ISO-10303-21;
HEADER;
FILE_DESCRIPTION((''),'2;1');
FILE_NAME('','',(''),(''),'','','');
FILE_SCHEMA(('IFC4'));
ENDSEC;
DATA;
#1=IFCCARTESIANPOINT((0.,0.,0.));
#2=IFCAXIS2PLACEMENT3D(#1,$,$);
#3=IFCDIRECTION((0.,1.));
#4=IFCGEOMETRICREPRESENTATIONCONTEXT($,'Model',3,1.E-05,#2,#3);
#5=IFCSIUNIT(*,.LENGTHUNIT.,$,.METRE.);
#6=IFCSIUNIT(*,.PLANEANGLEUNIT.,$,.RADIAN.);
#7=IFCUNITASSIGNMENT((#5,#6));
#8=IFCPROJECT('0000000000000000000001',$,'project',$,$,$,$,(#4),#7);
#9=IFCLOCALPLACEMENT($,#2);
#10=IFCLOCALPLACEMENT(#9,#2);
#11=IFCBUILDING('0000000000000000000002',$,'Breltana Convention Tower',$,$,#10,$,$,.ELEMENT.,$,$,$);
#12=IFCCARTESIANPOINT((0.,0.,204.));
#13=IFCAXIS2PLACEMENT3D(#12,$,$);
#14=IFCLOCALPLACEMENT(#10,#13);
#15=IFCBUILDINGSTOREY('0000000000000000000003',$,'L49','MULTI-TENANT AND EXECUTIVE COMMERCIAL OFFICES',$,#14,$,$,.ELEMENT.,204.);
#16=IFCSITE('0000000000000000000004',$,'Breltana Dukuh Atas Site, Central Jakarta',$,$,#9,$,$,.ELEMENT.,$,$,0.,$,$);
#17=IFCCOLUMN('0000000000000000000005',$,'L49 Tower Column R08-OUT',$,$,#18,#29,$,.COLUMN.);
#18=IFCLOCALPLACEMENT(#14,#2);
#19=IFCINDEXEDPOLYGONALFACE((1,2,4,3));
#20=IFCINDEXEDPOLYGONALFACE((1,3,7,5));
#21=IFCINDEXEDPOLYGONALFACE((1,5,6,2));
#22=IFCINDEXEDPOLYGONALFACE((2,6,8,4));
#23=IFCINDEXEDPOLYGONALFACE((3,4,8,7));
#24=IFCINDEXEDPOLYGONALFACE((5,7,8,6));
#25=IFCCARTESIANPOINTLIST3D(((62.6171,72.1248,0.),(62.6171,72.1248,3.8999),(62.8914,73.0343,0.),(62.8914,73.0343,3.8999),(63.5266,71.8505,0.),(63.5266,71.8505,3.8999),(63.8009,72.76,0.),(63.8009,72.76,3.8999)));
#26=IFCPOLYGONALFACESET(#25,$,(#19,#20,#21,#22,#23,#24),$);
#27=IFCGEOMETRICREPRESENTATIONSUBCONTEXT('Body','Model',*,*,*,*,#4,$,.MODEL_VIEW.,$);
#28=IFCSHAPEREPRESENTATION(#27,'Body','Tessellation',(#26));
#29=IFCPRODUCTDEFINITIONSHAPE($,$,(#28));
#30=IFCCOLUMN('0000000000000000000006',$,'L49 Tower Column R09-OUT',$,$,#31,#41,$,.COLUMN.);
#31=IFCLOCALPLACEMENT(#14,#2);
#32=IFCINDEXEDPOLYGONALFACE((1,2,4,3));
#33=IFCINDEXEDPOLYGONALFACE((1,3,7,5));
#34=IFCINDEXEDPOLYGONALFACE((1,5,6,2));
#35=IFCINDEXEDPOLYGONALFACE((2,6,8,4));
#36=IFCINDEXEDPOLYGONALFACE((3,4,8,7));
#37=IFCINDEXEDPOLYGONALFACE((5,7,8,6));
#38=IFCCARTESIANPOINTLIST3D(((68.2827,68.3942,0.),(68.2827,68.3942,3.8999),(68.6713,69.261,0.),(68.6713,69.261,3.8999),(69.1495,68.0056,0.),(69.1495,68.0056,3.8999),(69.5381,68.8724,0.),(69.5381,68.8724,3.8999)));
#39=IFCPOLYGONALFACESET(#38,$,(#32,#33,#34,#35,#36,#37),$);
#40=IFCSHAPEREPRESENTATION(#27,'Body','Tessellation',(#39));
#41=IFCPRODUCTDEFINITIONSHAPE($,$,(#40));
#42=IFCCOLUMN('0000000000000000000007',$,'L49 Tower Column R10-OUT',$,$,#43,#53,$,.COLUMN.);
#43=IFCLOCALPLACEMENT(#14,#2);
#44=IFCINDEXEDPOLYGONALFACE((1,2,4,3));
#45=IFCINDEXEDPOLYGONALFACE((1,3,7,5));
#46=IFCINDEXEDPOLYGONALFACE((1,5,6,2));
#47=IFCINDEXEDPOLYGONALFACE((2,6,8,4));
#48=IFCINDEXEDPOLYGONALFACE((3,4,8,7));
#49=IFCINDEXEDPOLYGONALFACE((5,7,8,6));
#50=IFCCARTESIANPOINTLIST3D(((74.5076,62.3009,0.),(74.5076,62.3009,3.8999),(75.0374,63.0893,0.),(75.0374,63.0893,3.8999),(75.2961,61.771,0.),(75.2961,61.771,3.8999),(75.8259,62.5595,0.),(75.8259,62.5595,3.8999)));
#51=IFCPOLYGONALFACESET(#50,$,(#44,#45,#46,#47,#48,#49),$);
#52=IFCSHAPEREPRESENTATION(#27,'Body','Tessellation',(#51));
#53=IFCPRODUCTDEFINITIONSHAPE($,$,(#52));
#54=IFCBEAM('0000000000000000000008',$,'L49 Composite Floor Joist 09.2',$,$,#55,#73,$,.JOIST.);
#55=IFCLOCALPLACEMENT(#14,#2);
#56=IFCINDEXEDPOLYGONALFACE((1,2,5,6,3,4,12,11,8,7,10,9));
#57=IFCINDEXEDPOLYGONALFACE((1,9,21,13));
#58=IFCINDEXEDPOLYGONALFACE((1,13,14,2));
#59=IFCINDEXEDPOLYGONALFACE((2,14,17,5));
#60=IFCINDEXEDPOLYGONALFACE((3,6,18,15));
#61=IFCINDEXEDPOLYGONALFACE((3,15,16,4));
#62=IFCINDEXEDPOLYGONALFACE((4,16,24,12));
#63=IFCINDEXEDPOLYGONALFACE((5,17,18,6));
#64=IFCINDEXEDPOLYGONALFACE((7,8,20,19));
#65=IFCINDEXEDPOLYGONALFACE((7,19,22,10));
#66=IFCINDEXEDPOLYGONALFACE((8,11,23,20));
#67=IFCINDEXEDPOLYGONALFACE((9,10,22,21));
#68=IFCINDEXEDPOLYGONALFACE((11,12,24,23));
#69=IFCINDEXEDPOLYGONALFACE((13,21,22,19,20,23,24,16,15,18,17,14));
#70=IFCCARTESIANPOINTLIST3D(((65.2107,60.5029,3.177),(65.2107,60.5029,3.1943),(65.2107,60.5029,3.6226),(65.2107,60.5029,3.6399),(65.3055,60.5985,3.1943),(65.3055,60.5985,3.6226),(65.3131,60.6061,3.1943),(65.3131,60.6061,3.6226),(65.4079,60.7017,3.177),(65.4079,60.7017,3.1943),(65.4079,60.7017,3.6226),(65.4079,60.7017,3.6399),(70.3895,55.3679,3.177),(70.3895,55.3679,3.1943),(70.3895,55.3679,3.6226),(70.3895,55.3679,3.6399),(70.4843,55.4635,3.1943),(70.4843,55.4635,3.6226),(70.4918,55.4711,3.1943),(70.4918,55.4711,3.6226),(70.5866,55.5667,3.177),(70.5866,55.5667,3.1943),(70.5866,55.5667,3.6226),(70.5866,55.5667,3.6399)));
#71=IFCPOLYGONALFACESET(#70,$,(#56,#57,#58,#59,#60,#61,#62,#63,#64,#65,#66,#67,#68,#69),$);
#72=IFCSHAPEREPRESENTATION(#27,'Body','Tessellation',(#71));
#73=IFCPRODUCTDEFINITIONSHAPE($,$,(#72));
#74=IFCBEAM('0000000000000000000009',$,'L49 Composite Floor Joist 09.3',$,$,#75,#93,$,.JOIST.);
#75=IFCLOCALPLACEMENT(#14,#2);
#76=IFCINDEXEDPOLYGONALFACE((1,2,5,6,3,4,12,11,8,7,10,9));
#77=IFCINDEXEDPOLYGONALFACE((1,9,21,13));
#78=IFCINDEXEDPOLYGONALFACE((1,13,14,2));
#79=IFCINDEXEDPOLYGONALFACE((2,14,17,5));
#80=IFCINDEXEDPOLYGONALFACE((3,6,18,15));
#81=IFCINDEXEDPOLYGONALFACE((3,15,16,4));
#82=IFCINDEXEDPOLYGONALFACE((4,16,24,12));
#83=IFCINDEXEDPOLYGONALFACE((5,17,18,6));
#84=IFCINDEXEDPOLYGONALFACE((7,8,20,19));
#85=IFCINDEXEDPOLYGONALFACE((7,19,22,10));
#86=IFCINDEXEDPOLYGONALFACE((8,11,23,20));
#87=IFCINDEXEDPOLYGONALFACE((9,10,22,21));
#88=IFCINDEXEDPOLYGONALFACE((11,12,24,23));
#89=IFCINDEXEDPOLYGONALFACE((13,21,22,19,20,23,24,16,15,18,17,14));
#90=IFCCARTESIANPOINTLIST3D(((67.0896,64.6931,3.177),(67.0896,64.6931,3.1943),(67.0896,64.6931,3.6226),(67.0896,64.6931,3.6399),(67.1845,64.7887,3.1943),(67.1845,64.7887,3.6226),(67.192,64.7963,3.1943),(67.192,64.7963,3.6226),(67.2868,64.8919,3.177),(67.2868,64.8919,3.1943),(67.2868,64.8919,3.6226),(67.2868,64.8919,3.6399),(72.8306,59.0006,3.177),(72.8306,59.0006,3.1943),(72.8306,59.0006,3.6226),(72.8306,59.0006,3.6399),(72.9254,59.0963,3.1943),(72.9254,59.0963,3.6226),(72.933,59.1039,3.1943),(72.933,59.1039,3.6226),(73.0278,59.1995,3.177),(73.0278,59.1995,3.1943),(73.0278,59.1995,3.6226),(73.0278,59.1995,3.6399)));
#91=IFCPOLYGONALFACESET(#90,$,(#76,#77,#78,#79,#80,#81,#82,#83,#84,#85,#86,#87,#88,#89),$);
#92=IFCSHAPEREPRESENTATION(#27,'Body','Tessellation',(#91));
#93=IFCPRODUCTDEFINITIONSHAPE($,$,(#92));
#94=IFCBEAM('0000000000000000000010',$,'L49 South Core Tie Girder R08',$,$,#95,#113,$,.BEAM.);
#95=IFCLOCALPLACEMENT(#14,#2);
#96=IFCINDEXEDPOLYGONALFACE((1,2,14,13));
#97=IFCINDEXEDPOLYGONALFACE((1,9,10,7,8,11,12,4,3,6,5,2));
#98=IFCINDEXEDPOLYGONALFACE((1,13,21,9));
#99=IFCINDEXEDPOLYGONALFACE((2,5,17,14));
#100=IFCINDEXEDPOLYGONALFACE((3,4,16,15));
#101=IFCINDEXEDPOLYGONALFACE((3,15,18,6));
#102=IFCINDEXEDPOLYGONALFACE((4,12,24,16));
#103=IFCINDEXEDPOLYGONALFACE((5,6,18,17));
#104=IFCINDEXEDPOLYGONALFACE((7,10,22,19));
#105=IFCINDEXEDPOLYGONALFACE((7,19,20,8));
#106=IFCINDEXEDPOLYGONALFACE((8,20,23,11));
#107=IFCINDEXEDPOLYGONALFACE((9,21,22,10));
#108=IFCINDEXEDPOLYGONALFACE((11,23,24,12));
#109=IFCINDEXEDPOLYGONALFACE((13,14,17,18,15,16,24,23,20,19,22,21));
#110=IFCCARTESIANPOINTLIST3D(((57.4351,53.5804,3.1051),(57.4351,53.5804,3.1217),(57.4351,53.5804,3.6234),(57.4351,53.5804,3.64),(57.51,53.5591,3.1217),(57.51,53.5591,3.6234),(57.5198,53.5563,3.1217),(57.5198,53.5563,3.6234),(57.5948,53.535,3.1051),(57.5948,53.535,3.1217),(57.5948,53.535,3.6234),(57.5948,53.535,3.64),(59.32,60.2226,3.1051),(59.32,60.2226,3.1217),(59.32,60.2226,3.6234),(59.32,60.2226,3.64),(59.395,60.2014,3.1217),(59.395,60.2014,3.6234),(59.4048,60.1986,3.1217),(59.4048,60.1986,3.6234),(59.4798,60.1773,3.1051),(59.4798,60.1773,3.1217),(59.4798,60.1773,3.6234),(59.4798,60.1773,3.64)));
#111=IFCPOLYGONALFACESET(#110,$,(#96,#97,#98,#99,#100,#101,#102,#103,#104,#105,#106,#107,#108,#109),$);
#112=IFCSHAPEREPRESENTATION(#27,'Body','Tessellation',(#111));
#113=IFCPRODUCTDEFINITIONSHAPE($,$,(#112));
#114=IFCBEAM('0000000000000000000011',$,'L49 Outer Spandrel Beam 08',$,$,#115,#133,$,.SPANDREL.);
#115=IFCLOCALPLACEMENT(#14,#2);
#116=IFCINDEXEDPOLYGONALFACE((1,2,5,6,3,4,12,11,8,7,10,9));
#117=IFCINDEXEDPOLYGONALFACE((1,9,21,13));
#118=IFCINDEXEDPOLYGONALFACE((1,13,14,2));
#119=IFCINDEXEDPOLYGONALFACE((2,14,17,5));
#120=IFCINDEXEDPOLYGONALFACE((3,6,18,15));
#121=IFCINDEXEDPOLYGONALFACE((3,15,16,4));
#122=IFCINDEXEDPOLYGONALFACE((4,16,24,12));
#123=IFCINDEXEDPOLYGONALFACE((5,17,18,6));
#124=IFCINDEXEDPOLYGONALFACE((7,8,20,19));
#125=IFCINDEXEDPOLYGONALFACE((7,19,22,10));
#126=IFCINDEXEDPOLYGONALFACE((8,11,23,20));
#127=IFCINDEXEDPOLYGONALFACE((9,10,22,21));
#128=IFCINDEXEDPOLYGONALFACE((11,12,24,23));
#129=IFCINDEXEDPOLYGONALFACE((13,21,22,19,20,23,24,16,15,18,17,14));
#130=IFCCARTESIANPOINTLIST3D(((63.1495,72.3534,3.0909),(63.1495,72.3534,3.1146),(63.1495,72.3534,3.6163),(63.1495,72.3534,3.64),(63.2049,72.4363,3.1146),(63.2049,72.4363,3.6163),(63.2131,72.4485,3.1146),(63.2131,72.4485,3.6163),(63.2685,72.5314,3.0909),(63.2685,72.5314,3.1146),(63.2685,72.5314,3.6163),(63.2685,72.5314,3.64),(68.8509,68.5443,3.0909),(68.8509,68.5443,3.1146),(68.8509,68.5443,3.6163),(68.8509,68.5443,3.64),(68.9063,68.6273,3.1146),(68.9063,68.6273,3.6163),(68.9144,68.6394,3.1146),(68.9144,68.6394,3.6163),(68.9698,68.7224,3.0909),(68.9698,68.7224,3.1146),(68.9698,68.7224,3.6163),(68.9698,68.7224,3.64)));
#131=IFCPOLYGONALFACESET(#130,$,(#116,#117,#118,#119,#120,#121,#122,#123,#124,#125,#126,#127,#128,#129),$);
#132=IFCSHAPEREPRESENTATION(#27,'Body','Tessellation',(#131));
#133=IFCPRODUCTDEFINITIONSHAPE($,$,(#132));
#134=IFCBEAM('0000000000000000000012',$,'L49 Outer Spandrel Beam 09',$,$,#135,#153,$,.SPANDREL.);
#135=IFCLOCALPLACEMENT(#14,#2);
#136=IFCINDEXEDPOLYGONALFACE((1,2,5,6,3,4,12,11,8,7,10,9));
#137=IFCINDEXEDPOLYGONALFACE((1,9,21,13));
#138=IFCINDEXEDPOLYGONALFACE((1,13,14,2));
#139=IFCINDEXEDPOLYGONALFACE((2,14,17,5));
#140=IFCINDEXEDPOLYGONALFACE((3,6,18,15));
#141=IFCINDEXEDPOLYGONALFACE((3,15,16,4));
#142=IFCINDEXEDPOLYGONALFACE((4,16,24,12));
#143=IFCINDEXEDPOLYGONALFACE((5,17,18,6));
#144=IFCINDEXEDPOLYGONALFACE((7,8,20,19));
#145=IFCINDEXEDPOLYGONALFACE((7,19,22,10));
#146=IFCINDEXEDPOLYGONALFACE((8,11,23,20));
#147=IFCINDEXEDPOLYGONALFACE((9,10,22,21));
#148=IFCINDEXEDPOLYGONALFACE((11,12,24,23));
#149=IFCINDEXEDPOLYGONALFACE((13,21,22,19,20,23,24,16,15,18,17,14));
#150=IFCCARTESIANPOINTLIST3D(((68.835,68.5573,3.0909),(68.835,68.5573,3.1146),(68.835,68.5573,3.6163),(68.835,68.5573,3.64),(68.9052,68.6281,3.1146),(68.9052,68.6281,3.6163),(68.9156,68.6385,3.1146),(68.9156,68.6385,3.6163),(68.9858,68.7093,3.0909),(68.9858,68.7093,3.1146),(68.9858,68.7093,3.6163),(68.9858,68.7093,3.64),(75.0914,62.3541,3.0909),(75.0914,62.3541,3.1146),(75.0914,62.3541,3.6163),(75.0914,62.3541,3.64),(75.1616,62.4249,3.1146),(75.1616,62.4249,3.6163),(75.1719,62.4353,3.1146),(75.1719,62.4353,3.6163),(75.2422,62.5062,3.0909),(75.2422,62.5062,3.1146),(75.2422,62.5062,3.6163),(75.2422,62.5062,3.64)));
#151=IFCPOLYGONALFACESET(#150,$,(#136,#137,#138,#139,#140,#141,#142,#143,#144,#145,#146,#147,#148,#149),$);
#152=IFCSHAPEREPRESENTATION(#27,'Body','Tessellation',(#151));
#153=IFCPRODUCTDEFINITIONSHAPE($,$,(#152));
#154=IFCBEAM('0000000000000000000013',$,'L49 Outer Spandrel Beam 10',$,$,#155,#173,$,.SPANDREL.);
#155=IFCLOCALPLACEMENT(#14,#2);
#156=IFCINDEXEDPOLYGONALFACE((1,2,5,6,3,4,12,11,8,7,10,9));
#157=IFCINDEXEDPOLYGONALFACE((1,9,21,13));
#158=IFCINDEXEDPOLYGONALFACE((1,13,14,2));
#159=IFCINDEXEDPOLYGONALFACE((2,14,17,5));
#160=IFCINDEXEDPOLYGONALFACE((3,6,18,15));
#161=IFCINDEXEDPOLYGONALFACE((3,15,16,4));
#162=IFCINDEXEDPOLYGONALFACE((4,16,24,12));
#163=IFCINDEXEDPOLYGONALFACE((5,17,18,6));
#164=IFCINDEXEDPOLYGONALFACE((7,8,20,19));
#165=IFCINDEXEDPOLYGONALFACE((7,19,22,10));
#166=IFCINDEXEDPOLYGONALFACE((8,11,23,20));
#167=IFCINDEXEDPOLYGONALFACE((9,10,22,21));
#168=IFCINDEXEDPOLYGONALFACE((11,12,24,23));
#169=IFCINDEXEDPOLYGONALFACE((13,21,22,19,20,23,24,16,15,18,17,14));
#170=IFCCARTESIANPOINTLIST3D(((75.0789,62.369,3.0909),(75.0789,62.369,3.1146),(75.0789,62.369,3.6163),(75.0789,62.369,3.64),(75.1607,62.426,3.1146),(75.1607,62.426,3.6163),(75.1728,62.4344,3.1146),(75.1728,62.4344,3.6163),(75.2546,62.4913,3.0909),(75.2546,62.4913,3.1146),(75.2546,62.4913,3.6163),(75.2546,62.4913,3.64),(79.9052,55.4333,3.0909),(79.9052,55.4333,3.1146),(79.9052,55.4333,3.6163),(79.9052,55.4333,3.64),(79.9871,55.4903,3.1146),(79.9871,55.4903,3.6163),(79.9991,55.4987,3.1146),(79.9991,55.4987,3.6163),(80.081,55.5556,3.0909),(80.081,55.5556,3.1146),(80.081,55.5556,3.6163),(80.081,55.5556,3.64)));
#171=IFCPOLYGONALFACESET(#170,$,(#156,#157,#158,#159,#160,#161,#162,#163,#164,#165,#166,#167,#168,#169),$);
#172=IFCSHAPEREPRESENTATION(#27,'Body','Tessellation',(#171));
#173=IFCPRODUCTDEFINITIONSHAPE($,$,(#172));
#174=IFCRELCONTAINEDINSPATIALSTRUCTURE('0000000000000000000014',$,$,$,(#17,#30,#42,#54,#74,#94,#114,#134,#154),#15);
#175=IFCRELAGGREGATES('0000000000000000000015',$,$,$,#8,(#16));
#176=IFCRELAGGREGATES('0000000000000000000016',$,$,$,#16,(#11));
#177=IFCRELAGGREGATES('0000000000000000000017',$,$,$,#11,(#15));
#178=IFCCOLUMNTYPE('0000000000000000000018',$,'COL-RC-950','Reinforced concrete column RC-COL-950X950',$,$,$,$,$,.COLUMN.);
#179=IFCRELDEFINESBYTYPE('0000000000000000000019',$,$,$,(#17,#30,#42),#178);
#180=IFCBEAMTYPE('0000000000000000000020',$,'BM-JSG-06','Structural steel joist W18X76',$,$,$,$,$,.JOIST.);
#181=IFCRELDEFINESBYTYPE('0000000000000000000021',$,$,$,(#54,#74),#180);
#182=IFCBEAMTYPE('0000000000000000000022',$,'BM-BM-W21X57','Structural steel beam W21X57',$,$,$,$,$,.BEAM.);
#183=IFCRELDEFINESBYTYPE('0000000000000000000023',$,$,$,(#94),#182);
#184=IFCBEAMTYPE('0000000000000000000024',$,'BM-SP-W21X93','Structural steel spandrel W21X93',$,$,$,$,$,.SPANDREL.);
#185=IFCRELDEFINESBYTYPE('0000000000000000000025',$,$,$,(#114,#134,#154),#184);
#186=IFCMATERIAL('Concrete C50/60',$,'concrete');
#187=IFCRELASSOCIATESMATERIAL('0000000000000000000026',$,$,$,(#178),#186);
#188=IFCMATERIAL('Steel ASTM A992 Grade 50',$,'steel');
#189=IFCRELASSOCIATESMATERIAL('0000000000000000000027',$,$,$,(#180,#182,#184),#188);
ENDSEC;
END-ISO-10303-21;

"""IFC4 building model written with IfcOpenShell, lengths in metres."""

from ifc_helpers import new_model, si_unit, direction, frame, origin, origin_2d, place, context, subcontext, project, spatial, rectangle, i_section, extrude, source, transform, mapped, material, material_profile, profile_set, type_object, type_shapes, element, save


model = new_model("IFC4")

# Units and contexts
model_context = context("Model", 3, precision=1e-05, world=origin(), true_north=direction((0.0, 1.0)))
body_context = subcontext(model_context, "Body", "Model", "MODEL_VIEW")
ifc_project = project(units=[si_unit("LENGTHUNIT", "METRE"), si_unit("PLANEANGLEUNIT", "RADIAN")], contexts=[model_context])

# Site, building, storey
site_placement = place(None, origin())
site = spatial("IfcSite", under=ifc_project, at=site_placement, Name="Breltana Dukuh Atas Site, Central Jakarta", CompositionType="ELEMENT", RefElevation=0.0)
building_placement = place(site_placement, origin())
building = spatial("IfcBuilding", under=site, at=building_placement, Name="Breltana Convention Tower", CompositionType="ELEMENT")
storey_placement = place(building_placement, frame((0.0, 0.0, 204.0)))
storey = spatial("IfcBuildingStorey", under=building, at=storey_placement, Name="L49", Description="MULTI-TENANT AND EXECUTIVE COMMERCIAL OFFICES", CompositionType="ELEMENT", Elevation=204.0)

# Columns
ifc_material_1 = material(Name="Concrete C50/60", Category="concrete")
ifc_material_profile_1 = material_profile(ifc_material_1, rectangle(XDim=0.95, YDim=0.95, at=origin_2d()), Name="RC-COL-950X950")
ifc_profile_set_1 = profile_set([ifc_material_profile_1], Name="Concrete C50/60")
column_type = type_object("IfcColumnType", Name="COL-RC-950", Description="Reinforced concrete column RC-COL-950X950", PredefinedType="COLUMN", material=ifc_profile_set_1)
shared_shape_1 = source(origin(), body_context, "Body", "SweptSolid", [
    extrude(rectangle(XDim=0.95, YDim=0.95, at=origin_2d()), origin(), (0.0, 0.0, 1.0), 3.8999),
])
for number, where, z_axis, x_axis, name in (
    (1, (63.209, 72.4424, 0.0), (0.0, 0.0, 1.0), (0.288698, 0.95742, 0.0), "L49 Tower Column R08-OUT"),
    (2, (68.9104, 68.6333, 0.0), (0.0, 0.0, 1.0), (0.409127, 0.912477, 0.0), "L49 Tower Column R09-OUT"),
    (3, (75.1667, 62.4302, 0.0), (0.0, 0.0, 1.0), (0.557745, 0.830012, 0.0), "L49 Tower Column R10-OUT"),
):
    element("IfcColumn", number, at=place(storey_placement, frame(where, z_axis=z_axis, x_axis=x_axis)), inside=storey, type_object=column_type, Name=name, PredefinedType="COLUMN", context=body_context, shape_type="MappedRepresentation", body=[
        mapped(shared_shape_1, transform((0.0, 0.0, 0.0), scale=1.0)),
    ])

# Beams
ifc_material_2 = material(Name="Steel ASTM A992 Grade 50", Category="steel")
ifc_material_profile_2 = material_profile(ifc_material_2, i_section(OverallWidth=0.28, OverallDepth=0.4629, WebThickness=0.0107, FlangeThickness=0.0173, at=origin_2d()), Name="W18X76")
ifc_profile_set_2 = profile_set([ifc_material_profile_2], Name="Steel ASTM A992 Grade 50")
beam_type_1 = type_object("IfcBeamType", Name="BM-JSG-06", Description="Structural steel joist W18X76", PredefinedType="JOIST", material=ifc_profile_set_2)
shared_shape_2 = source(origin(), body_context, "Body", "SweptSolid", [
    extrude(i_section(OverallWidth=0.28, OverallDepth=0.4629, WebThickness=0.0107, FlangeThickness=0.0173, at=origin_2d()), origin(), (0.0, 0.0, 1.0), 7.293),
])
beam_1_placement = place(storey_placement, frame((65.3093, 60.6023, 3.4084), z_axis=(0.710097, -0.704104, 0.0), x_axis=(0.704104, 0.710097, 0.0)))
element("IfcBeam", 4, at=beam_1_placement, inside=storey, type_object=beam_type_1, Name="L49 Composite Floor Joist 09.2", PredefinedType="JOIST", context=body_context, shape_type="MappedRepresentation", body=[
    mapped(shared_shape_2, transform((0.0, 0.0, 0.0), scale=1.0)),
])
shared_shape_3 = source(origin(), body_context, "Body", "SweptSolid", [
    extrude(i_section(OverallWidth=0.28, OverallDepth=0.4629, WebThickness=0.0107, FlangeThickness=0.0173, at=origin_2d()), origin(), (0.0, 0.0, 1.0), 8.0847),
])
beam_2_placement = place(storey_placement, frame((67.1882, 64.7925, 3.4084), z_axis=(0.710105, -0.704096, 0.0), x_axis=(0.704096, 0.710105, 0.0)))
element("IfcBeam", 5, at=beam_2_placement, inside=storey, type_object=beam_type_1, Name="L49 Composite Floor Joist 09.3", PredefinedType="JOIST", context=body_context, shape_type="MappedRepresentation", body=[
    mapped(shared_shape_3, transform((0.0, 0.0, 0.0), scale=1.0)),
])
ifc_material_profile_3 = material_profile(ifc_material_2, i_section(OverallWidth=0.166, OverallDepth=0.5349, WebThickness=0.0103, FlangeThickness=0.0166, at=origin_2d()), Name="W21X57")
ifc_profile_set_3 = profile_set([ifc_material_profile_3], Name="Steel ASTM A992 Grade 50")
beam_type_2 = type_object("IfcBeamType", Name="BM-BM-W21X57", Description="Structural steel beam W21X57", PredefinedType="BEAM", material=ifc_profile_set_3)
shared_shape_4 = source(origin(), body_context, "Body", "SweptSolid", [
    extrude(i_section(OverallWidth=0.166, OverallDepth=0.5349, WebThickness=0.0103, FlangeThickness=0.0166, at=origin_2d()), origin(), (0.0, 0.0, 1.0), 6.9045),
])
type_shapes(beam_type_2, [shared_shape_4])
beam_3_placement = place(storey_placement, frame((59.3999, 60.2, 3.3726), z_axis=(-0.273007, -0.962012, 0.0), x_axis=(0.962012, -0.273007, 0.0)))
element("IfcBeam", 6, at=beam_3_placement, inside=storey, type_object=beam_type_2, Name="L49 South Core Tie Girder R08", PredefinedType="BEAM", context=body_context, shape_type="MappedRepresentation", body=[
    mapped(shared_shape_4, transform((0.0, 0.0, 0.0), scale=1.0)),
])
ifc_material_profile_4 = material_profile(ifc_material_2, i_section(OverallWidth=0.2141, OverallDepth=0.5491, WebThickness=0.0146, FlangeThickness=0.0237, at=origin_2d()), Name="W21X93")
ifc_profile_set_4 = profile_set([ifc_material_profile_4], Name="Steel ASTM A992 Grade 50")
beam_type_3 = type_object("IfcBeamType", Name="BM-SP-W21X93", Description="Structural steel spandrel W21X93", PredefinedType="SPANDREL", material=ifc_profile_set_4)
shared_shape_5 = source(origin(), body_context, "Body", "SweptSolid", [
    extrude(i_section(OverallWidth=0.2141, OverallDepth=0.5491, WebThickness=0.0146, FlangeThickness=0.0237, at=origin_2d()), origin(), (0.0, 0.0, 1.0), 6.8567),
])
beam_4_placement = place(storey_placement, frame((63.209, 72.4424, 3.3655), z_axis=(0.831502, -0.555522, 0.0), x_axis=(0.555522, 0.831502, 0.0)))
element("IfcBeam", 7, at=beam_4_placement, inside=storey, type_object=beam_type_3, Name="L49 Outer Spandrel Beam 08", PredefinedType="SPANDREL", context=body_context, shape_type="MappedRepresentation", body=[
    mapped(shared_shape_5, transform((0.0, 0.0, 0.0), scale=1.0)),
])
shared_shape_6 = source(origin(), body_context, "Body", "SweptSolid", [
    extrude(i_section(OverallWidth=0.2141, OverallDepth=0.5491, WebThickness=0.0146, FlangeThickness=0.0237, at=origin_2d()), origin(), (0.0, 0.0, 1.0), 8.8103),
])
beam_5_placement = place(storey_placement, frame((68.9104, 68.6333, 3.3655), z_axis=(0.710121, -0.70408, 0.0), x_axis=(0.70408, 0.710121, 0.0)))
element("IfcBeam", 8, at=beam_5_placement, inside=storey, type_object=beam_type_3, Name="L49 Outer Spandrel Beam 09", PredefinedType="SPANDREL", context=body_context, shape_type="MappedRepresentation", body=[
    mapped(shared_shape_6, transform((0.0, 0.0, 0.0), scale=1.0)),
])
shared_shape_7 = source(origin(), body_context, "Body", "SweptSolid", [
    extrude(i_section(OverallWidth=0.2141, OverallDepth=0.5491, WebThickness=0.0146, FlangeThickness=0.0237, at=origin_2d()), origin(), (0.0, 0.0, 1.0), 8.4497),
])
beam_6_placement = place(storey_placement, frame((75.1667, 62.4302, 3.3655), z_axis=(0.571186, -0.820821, 0.0), x_axis=(0.820821, 0.571186, 0.0)))
element("IfcBeam", 9, at=beam_6_placement, inside=storey, type_object=beam_type_3, Name="L49 Outer Spandrel Beam 10", PredefinedType="SPANDREL", context=body_context, shape_type="MappedRepresentation", body=[
    mapped(shared_shape_7, transform((0.0, 0.0, 0.0), scale=1.0)),
])

save(model, "model.ifc")
